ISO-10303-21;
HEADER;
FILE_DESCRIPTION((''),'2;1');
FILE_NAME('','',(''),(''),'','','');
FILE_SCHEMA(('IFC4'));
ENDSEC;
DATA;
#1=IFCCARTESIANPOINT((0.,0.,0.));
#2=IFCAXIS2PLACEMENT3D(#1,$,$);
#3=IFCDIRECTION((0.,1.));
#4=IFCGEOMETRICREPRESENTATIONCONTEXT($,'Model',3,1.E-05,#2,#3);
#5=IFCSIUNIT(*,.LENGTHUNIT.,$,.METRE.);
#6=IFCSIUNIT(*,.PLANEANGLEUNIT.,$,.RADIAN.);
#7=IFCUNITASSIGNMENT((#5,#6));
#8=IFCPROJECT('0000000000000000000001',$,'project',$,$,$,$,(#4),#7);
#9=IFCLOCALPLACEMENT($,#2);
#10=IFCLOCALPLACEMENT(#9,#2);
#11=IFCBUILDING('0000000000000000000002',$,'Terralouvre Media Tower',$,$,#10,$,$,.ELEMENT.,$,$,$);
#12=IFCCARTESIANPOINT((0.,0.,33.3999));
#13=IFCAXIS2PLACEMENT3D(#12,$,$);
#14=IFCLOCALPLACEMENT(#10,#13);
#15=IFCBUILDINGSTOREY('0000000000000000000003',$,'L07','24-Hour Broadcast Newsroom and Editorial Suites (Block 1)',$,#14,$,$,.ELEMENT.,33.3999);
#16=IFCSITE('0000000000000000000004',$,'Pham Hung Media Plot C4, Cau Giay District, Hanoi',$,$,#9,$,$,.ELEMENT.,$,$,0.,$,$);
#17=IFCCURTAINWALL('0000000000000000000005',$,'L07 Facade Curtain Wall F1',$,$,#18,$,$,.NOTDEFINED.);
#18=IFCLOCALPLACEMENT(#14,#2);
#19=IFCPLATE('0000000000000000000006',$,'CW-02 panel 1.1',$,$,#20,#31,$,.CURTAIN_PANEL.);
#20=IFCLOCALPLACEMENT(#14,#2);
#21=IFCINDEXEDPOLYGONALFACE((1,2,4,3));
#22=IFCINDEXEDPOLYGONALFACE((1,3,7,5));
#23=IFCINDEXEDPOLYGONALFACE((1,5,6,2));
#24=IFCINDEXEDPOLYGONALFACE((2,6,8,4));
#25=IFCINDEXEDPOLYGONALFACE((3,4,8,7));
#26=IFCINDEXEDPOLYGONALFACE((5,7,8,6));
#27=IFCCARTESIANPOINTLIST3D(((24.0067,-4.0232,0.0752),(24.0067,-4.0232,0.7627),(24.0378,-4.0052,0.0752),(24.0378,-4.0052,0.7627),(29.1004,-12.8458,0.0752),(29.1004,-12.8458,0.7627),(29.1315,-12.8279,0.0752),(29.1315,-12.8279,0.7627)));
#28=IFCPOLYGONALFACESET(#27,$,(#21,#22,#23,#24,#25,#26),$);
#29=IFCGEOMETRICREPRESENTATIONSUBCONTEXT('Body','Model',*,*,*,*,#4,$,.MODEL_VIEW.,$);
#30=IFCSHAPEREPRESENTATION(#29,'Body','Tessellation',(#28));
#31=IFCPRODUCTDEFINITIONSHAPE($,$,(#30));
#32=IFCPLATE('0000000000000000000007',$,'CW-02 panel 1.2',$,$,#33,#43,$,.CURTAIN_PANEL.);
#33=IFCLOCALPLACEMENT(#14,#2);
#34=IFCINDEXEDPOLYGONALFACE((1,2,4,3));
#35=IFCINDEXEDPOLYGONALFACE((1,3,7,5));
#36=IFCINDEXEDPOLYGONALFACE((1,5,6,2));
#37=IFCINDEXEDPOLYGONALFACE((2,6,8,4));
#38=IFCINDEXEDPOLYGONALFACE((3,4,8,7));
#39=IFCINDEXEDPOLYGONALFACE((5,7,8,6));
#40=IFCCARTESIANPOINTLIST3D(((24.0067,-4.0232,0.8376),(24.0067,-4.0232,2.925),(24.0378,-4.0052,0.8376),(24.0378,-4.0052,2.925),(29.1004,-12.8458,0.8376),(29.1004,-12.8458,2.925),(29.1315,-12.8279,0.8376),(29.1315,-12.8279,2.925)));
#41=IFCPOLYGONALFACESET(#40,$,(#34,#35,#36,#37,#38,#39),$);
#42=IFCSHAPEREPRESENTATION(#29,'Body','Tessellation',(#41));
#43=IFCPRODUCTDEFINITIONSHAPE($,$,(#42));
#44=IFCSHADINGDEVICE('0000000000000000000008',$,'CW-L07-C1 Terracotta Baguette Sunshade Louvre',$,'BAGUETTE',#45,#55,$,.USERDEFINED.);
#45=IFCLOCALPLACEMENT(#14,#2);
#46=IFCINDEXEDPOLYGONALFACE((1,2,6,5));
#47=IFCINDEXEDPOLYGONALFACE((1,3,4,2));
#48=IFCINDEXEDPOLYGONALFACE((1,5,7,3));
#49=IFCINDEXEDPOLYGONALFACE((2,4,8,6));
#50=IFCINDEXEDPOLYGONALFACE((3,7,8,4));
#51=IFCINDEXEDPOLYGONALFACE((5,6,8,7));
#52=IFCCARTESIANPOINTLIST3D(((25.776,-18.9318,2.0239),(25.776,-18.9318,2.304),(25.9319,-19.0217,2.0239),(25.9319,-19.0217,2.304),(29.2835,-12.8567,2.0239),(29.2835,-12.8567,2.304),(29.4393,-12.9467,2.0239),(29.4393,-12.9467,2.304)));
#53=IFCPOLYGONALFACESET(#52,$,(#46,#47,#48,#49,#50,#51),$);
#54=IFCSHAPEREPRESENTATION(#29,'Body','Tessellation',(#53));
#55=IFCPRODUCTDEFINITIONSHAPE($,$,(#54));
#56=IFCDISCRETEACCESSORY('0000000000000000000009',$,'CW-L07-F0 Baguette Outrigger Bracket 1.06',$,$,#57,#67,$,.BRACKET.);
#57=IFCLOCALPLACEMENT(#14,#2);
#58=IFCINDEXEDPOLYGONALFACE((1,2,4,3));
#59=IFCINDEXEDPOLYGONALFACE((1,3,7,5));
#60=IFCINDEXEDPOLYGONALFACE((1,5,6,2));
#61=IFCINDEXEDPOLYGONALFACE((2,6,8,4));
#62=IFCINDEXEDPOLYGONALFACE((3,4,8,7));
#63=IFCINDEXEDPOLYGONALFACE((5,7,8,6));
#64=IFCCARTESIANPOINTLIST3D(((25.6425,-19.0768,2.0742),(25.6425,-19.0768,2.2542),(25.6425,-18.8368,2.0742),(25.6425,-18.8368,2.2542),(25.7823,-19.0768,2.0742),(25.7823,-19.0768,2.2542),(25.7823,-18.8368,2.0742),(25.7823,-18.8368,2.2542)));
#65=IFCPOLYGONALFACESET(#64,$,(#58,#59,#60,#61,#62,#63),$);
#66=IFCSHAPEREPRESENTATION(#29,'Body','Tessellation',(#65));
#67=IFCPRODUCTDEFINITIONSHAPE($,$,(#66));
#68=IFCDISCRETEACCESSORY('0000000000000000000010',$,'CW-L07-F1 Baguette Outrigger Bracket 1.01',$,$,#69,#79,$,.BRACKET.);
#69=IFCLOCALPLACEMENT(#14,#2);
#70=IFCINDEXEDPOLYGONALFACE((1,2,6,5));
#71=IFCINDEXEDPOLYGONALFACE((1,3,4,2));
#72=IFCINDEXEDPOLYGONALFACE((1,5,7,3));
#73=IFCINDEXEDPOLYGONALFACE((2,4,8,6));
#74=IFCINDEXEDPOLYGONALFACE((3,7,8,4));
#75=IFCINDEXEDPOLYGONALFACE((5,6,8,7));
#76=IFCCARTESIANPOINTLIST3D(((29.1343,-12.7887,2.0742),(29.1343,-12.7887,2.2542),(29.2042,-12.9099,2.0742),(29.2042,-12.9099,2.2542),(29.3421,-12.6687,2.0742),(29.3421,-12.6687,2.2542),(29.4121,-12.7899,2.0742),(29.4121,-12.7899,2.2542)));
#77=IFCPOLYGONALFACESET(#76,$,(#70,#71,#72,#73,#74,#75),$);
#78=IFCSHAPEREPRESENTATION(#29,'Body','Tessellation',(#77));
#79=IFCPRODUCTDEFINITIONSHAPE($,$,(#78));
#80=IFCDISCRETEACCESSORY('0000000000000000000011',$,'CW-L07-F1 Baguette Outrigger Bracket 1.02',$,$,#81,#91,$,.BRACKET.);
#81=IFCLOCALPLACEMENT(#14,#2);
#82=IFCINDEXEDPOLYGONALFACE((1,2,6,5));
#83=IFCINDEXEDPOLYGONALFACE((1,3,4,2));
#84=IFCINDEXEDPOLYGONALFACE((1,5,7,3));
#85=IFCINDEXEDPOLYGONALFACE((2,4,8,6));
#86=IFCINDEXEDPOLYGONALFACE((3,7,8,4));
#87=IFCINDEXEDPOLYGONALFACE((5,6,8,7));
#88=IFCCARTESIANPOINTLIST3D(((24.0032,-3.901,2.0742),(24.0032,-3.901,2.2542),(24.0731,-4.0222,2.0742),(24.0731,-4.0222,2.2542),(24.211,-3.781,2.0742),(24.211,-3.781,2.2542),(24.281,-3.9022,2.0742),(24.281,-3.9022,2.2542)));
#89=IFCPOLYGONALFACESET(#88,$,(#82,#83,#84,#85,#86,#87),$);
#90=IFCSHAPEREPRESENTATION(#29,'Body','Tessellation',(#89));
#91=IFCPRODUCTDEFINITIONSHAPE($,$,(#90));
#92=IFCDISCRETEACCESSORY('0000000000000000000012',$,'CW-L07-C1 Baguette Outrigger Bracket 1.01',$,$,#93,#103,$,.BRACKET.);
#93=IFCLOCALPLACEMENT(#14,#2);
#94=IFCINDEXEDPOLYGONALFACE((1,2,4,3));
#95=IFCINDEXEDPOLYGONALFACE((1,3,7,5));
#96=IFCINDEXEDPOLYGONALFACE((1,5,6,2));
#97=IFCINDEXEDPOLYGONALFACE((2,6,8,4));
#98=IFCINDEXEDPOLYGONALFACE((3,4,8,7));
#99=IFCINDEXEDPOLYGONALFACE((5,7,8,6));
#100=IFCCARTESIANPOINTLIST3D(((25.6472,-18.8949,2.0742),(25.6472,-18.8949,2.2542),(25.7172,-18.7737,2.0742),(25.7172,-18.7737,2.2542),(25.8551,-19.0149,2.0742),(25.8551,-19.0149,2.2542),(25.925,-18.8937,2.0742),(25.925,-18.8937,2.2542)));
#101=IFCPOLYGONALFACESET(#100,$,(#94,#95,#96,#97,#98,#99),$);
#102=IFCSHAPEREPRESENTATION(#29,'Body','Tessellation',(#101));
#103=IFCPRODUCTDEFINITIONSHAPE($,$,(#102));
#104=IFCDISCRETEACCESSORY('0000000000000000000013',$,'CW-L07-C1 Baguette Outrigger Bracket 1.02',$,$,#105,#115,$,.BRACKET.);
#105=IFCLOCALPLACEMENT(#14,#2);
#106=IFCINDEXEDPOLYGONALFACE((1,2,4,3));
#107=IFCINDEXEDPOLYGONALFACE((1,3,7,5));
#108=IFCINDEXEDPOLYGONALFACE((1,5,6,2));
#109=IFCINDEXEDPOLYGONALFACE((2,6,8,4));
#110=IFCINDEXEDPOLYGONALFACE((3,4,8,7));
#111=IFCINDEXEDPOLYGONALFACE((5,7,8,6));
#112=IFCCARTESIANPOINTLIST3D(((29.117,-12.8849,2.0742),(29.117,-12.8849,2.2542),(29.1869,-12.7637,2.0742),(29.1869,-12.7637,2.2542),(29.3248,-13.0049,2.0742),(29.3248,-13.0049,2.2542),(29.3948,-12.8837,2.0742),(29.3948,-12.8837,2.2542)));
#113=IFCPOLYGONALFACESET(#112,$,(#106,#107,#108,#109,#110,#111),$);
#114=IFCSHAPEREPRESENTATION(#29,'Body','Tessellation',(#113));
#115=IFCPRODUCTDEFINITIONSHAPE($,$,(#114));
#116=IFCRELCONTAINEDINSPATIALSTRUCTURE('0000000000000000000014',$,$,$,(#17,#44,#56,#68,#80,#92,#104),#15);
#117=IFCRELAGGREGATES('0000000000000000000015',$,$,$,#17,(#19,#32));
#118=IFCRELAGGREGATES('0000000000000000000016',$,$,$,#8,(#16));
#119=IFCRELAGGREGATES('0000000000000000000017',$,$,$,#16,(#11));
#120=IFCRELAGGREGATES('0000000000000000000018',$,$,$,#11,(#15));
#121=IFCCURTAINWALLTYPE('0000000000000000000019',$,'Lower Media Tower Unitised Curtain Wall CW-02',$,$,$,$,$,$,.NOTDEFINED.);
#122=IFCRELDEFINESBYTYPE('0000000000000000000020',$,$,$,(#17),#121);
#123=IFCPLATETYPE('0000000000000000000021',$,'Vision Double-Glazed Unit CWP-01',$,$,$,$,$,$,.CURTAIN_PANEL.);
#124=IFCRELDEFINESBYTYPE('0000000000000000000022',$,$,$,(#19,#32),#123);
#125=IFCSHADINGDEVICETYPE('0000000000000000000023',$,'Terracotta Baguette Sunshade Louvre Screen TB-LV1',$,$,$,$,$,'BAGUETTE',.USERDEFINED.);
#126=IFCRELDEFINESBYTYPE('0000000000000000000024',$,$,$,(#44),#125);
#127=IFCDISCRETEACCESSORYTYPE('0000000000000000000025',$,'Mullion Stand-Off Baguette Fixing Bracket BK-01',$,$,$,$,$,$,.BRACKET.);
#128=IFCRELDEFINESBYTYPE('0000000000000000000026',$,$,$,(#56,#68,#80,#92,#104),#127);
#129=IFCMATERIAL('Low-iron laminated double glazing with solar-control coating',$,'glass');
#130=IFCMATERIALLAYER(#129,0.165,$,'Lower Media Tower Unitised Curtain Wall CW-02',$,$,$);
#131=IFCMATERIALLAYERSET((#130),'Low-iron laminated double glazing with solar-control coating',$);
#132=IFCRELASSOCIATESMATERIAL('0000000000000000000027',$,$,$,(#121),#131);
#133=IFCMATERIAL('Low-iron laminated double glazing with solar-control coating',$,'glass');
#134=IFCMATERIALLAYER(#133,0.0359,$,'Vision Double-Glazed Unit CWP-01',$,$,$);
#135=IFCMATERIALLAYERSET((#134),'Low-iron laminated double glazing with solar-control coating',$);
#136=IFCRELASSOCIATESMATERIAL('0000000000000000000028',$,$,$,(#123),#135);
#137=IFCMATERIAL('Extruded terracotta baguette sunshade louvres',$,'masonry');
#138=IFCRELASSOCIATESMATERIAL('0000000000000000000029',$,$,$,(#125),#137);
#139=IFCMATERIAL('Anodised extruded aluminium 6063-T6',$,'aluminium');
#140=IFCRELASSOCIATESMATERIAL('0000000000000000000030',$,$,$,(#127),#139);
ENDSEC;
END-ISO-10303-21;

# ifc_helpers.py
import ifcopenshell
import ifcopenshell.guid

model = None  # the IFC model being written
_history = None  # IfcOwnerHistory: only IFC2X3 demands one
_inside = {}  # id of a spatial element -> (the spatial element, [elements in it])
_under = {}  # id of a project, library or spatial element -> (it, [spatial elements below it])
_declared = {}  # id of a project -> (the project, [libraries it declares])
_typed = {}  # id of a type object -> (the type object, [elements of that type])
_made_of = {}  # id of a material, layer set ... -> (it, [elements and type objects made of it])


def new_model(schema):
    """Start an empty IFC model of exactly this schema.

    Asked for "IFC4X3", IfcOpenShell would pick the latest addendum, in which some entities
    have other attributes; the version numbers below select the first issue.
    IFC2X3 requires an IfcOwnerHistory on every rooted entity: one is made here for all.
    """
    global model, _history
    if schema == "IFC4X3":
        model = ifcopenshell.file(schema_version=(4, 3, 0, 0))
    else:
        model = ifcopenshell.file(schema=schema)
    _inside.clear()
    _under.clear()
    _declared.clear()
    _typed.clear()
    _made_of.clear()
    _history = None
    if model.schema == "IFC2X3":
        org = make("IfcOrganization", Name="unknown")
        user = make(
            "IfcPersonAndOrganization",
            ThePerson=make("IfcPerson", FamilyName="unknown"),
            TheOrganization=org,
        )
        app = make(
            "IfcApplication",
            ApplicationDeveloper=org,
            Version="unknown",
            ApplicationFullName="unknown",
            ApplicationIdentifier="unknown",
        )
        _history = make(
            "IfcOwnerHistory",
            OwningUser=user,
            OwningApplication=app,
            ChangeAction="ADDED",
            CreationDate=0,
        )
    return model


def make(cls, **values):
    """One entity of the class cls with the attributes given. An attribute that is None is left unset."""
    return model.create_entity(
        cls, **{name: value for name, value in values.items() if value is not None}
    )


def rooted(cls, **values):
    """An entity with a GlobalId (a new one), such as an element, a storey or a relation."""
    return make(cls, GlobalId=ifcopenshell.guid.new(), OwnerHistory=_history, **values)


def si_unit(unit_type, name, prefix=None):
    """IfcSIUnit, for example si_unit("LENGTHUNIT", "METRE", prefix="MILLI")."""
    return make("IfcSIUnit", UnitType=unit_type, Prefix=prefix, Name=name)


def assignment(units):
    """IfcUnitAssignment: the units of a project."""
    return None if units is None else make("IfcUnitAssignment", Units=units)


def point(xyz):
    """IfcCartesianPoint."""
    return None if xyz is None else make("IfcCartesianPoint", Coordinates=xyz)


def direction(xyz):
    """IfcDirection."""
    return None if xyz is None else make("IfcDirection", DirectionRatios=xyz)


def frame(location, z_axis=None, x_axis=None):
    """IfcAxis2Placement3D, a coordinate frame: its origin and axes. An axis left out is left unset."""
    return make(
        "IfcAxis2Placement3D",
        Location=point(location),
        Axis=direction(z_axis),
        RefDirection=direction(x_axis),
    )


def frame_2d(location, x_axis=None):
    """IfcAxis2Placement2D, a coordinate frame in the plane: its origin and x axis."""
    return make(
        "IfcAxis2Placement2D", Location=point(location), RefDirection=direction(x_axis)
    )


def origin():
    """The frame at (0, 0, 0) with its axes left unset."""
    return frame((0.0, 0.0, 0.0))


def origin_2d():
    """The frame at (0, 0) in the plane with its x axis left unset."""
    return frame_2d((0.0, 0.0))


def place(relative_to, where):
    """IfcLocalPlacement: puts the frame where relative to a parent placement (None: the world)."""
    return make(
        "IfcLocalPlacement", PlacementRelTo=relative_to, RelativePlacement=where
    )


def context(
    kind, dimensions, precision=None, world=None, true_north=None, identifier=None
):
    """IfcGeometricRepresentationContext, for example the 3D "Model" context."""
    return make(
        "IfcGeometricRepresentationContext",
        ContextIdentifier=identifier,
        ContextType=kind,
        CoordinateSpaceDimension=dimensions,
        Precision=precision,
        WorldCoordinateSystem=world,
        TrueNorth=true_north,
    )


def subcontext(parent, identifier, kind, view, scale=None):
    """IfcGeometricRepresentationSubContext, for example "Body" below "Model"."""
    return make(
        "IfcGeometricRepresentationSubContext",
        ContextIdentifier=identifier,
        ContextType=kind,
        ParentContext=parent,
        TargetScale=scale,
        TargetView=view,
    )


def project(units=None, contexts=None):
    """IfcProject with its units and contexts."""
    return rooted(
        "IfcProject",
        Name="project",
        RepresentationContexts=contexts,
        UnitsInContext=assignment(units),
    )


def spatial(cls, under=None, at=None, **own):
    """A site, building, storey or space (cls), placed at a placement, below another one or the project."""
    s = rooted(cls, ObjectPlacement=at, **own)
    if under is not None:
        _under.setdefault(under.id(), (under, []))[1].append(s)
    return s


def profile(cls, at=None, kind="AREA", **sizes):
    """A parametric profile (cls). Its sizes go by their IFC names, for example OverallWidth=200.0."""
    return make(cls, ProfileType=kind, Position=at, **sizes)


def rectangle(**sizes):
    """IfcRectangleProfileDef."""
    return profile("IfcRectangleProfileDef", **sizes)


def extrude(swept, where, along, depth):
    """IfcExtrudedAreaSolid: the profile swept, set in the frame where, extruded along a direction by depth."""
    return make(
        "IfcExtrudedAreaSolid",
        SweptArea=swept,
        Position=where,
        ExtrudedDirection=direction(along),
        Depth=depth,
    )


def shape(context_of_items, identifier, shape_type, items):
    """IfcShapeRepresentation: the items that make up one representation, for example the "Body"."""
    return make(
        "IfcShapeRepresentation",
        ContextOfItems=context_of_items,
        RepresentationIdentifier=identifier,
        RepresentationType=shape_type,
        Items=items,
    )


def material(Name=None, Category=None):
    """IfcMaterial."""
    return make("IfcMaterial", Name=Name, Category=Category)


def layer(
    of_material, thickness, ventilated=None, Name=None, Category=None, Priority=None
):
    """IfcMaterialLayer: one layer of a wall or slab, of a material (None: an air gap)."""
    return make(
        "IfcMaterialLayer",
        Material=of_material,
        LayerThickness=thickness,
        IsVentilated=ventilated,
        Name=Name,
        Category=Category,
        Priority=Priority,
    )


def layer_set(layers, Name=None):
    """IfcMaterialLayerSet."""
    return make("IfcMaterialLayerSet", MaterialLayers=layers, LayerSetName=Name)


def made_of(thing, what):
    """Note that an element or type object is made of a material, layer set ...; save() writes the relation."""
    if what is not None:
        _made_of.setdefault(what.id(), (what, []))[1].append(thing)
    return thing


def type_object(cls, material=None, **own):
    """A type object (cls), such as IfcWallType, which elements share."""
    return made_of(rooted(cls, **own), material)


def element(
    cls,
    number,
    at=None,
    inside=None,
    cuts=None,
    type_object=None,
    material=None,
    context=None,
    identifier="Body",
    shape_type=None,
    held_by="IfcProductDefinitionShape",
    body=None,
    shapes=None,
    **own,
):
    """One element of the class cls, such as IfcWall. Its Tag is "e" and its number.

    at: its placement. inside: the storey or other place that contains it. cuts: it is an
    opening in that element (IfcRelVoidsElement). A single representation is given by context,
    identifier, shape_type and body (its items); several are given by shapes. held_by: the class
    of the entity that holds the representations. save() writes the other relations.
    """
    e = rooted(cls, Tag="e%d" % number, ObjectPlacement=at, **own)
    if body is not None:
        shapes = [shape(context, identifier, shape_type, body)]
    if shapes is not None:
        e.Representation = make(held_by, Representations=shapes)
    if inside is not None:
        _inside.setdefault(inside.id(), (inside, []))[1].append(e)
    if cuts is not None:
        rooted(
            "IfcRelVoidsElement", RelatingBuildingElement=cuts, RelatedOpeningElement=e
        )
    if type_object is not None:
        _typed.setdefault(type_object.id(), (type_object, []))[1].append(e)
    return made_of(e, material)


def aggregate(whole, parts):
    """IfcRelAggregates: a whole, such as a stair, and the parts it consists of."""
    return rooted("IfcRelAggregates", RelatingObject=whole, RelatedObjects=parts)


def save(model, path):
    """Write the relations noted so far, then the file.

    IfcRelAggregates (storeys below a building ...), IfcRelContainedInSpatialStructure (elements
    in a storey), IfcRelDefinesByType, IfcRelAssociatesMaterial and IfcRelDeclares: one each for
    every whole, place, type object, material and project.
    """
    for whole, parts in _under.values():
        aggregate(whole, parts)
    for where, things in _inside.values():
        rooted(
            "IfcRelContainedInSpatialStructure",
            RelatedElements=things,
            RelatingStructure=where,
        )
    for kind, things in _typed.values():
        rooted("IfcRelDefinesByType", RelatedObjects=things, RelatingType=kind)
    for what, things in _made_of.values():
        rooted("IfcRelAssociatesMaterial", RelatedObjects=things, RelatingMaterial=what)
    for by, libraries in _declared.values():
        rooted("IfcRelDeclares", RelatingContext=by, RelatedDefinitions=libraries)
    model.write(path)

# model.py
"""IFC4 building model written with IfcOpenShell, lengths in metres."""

from ifc_helpers import new_model, si_unit, direction, frame, origin, origin_2d, place, context, subcontext, project, spatial, rectangle, extrude, material, layer, layer_set, type_object, element, aggregate, save


model = new_model("IFC4")

# Units and contexts
model_context = context("Model", 3, precision=1e-05, world=origin(), true_north=direction((0.0, 1.0)))
body_context = subcontext(model_context, "Body", "Model", "MODEL_VIEW")
ifc_project = project(units=[si_unit("LENGTHUNIT", "METRE"), si_unit("PLANEANGLEUNIT", "RADIAN")], contexts=[model_context])

# Site, building, storey
site_placement = place(None, origin())
site = spatial("IfcSite", under=ifc_project, at=site_placement, Name="Pham Hung Media Plot C4, Cau Giay District, Hanoi", CompositionType="ELEMENT", RefElevation=0.0)
building_placement = place(site_placement, origin())
building = spatial("IfcBuilding", under=site, at=building_placement, Name="Terralouvre Media Tower", CompositionType="ELEMENT")
storey_placement = place(building_placement, frame((0.0, 0.0, 33.3999)))
storey = spatial("IfcBuildingStorey", under=building, at=storey_placement, Name="L07", Description="24-Hour Broadcast Newsroom and Editorial Suites (Block 1)", CompositionType="ELEMENT", Elevation=33.3999)

# Curtain wall
ifc_material_1 = material(Name="Low-iron laminated double glazing with solar-control coating", Category="glass")
ifc_layer_1 = layer(ifc_material_1, 0.165, Name="Lower Media Tower Unitised Curtain Wall CW-02")
ifc_layer_set_1 = layer_set([ifc_layer_1], Name="Low-iron laminated double glazing with solar-control coating")
curtain_wall_type_1 = type_object("IfcCurtainWallType", Name="Lower Media Tower Unitised Curtain Wall CW-02", PredefinedType="NOTDEFINED", material=ifc_layer_set_1)
curtain_wall_1_placement = place(storey_placement, origin())
curtain_wall_1 = element("IfcCurtainWall", 1, at=curtain_wall_1_placement, inside=storey, type_object=curtain_wall_type_1, Name="L07 Facade Curtain Wall F1", PredefinedType="NOTDEFINED")

# Plates
ifc_material_2 = material(Name="Low-iron laminated double glazing with solar-control coating", Category="glass")
ifc_layer_2 = layer(ifc_material_2, 0.0359, Name="Vision Double-Glazed Unit CWP-01")
ifc_layer_set_2 = layer_set([ifc_layer_2], Name="Low-iron laminated double glazing with solar-control coating")
plate_type_1 = type_object("IfcPlateType", Name="Vision Double-Glazed Unit CWP-01", PredefinedType="CURTAIN_PANEL", material=ifc_layer_set_2)
plate_1_placement = place(storey_placement, frame((26.5691, -8.4255, 0.0752), z_axis=(0.0, 0.0, 1.0), x_axis=(-0.5, 0.866025, 0.0)))
plate_1 = element("IfcPlate", 2, at=plate_1_placement, type_object=plate_type_1, Name="CW-02 panel 1.1", PredefinedType="CURTAIN_PANEL", context=body_context, shape_type="SweptSolid", body=[
    extrude(rectangle(XDim=10.1875, YDim=0.0359, at=origin_2d()), origin(), (0.0, 0.0, 1.0), 0.6875),
])
plate_2_placement = place(storey_placement, frame((26.5691, -8.4255, 0.8376), z_axis=(0.0, 0.0, 1.0), x_axis=(-0.5, 0.866025, 0.0)))
plate_2 = element("IfcPlate", 3, at=plate_2_placement, type_object=plate_type_1, Name="CW-02 panel 1.2", PredefinedType="CURTAIN_PANEL", context=body_context, shape_type="SweptSolid", body=[
    extrude(rectangle(XDim=10.1875, YDim=0.0359, at=origin_2d()), origin(), (0.0, 0.0, 1.0), 2.0874),
])
aggregate(curtain_wall_1, [plate_1, plate_2])

# Shading device
ifc_material_3 = material(Name="Extruded terracotta baguette sunshade louvres", Category="masonry")
shading_device_type = type_object("IfcShadingDeviceType", Name="Terracotta Baguette Sunshade Louvre Screen TB-LV1", ElementType="BAGUETTE", PredefinedType="USERDEFINED", material=ifc_material_3)
shading_device_placement = place(storey_placement, frame((27.6077, -15.9392, 2.0239), z_axis=(0.0, 0.0, 1.0), x_axis=(0.5, 0.866026, 0.0)))
element("IfcShadingDevice", 4, at=shading_device_placement, inside=storey, type_object=shading_device_type, Name="CW-L07-C1 Terracotta Baguette Sunshade Louvre", ObjectType="BAGUETTE", PredefinedType="USERDEFINED", context=body_context, shape_type="SweptSolid", body=[
    extrude(rectangle(XDim=7.0149, YDim=0.1799, at=origin_2d()), origin(), (0.0, 0.0, 1.0), 0.28),
])

# Discrete accessories
ifc_material_4 = material(Name="Anodised extruded aluminium 6063-T6", Category="aluminium")
discrete_accessory_type = type_object("IfcDiscreteAccessoryType", Name="Mullion Stand-Off Baguette Fixing Bracket BK-01", PredefinedType="BRACKET", material=ifc_material_4)
for number, where, z_axis, x_axis, name in (
    (5, (25.7124, -18.9568, 2.0742), (0.0, 0.0, 1.0), (1.0, 0.0, 0.0), "CW-L07-F0 Baguette Outrigger Bracket 1.06"),
    (6, (29.2732, -12.7893, 2.0742), (0.0, 0.0, 1.0), (-0.5, 0.866025, 0.0), "CW-L07-F1 Baguette Outrigger Bracket 1.01"),
    (7, (24.1421, -3.9016, 2.0742), (0.0, 0.0, 1.0), (-0.5, 0.866025, 0.0), "CW-L07-F1 Baguette Outrigger Bracket 1.02"),
    (8, (25.7861, -18.8943, 2.0742), (0.0, 0.0, 1.0), (0.5, 0.866026, 0.0), "CW-L07-C1 Baguette Outrigger Bracket 1.01"),
    (9, (29.2559, -12.8843, 2.0742), (0.0, 0.0, 1.0), (0.5, 0.866026, 0.0), "CW-L07-C1 Baguette Outrigger Bracket 1.02"),
):
    element("IfcDiscreteAccessory", number, at=place(storey_placement, frame(where, z_axis=z_axis, x_axis=x_axis)), inside=storey, type_object=discrete_accessory_type, Name=name, PredefinedType="BRACKET", context=body_context, shape_type="SweptSolid", body=[
        extrude(rectangle(XDim=0.1399, YDim=0.24, at=origin_2d()), origin(), (0.0, 0.0, 1.0), 0.1799),
    ])

save(model, "model.ifc")
